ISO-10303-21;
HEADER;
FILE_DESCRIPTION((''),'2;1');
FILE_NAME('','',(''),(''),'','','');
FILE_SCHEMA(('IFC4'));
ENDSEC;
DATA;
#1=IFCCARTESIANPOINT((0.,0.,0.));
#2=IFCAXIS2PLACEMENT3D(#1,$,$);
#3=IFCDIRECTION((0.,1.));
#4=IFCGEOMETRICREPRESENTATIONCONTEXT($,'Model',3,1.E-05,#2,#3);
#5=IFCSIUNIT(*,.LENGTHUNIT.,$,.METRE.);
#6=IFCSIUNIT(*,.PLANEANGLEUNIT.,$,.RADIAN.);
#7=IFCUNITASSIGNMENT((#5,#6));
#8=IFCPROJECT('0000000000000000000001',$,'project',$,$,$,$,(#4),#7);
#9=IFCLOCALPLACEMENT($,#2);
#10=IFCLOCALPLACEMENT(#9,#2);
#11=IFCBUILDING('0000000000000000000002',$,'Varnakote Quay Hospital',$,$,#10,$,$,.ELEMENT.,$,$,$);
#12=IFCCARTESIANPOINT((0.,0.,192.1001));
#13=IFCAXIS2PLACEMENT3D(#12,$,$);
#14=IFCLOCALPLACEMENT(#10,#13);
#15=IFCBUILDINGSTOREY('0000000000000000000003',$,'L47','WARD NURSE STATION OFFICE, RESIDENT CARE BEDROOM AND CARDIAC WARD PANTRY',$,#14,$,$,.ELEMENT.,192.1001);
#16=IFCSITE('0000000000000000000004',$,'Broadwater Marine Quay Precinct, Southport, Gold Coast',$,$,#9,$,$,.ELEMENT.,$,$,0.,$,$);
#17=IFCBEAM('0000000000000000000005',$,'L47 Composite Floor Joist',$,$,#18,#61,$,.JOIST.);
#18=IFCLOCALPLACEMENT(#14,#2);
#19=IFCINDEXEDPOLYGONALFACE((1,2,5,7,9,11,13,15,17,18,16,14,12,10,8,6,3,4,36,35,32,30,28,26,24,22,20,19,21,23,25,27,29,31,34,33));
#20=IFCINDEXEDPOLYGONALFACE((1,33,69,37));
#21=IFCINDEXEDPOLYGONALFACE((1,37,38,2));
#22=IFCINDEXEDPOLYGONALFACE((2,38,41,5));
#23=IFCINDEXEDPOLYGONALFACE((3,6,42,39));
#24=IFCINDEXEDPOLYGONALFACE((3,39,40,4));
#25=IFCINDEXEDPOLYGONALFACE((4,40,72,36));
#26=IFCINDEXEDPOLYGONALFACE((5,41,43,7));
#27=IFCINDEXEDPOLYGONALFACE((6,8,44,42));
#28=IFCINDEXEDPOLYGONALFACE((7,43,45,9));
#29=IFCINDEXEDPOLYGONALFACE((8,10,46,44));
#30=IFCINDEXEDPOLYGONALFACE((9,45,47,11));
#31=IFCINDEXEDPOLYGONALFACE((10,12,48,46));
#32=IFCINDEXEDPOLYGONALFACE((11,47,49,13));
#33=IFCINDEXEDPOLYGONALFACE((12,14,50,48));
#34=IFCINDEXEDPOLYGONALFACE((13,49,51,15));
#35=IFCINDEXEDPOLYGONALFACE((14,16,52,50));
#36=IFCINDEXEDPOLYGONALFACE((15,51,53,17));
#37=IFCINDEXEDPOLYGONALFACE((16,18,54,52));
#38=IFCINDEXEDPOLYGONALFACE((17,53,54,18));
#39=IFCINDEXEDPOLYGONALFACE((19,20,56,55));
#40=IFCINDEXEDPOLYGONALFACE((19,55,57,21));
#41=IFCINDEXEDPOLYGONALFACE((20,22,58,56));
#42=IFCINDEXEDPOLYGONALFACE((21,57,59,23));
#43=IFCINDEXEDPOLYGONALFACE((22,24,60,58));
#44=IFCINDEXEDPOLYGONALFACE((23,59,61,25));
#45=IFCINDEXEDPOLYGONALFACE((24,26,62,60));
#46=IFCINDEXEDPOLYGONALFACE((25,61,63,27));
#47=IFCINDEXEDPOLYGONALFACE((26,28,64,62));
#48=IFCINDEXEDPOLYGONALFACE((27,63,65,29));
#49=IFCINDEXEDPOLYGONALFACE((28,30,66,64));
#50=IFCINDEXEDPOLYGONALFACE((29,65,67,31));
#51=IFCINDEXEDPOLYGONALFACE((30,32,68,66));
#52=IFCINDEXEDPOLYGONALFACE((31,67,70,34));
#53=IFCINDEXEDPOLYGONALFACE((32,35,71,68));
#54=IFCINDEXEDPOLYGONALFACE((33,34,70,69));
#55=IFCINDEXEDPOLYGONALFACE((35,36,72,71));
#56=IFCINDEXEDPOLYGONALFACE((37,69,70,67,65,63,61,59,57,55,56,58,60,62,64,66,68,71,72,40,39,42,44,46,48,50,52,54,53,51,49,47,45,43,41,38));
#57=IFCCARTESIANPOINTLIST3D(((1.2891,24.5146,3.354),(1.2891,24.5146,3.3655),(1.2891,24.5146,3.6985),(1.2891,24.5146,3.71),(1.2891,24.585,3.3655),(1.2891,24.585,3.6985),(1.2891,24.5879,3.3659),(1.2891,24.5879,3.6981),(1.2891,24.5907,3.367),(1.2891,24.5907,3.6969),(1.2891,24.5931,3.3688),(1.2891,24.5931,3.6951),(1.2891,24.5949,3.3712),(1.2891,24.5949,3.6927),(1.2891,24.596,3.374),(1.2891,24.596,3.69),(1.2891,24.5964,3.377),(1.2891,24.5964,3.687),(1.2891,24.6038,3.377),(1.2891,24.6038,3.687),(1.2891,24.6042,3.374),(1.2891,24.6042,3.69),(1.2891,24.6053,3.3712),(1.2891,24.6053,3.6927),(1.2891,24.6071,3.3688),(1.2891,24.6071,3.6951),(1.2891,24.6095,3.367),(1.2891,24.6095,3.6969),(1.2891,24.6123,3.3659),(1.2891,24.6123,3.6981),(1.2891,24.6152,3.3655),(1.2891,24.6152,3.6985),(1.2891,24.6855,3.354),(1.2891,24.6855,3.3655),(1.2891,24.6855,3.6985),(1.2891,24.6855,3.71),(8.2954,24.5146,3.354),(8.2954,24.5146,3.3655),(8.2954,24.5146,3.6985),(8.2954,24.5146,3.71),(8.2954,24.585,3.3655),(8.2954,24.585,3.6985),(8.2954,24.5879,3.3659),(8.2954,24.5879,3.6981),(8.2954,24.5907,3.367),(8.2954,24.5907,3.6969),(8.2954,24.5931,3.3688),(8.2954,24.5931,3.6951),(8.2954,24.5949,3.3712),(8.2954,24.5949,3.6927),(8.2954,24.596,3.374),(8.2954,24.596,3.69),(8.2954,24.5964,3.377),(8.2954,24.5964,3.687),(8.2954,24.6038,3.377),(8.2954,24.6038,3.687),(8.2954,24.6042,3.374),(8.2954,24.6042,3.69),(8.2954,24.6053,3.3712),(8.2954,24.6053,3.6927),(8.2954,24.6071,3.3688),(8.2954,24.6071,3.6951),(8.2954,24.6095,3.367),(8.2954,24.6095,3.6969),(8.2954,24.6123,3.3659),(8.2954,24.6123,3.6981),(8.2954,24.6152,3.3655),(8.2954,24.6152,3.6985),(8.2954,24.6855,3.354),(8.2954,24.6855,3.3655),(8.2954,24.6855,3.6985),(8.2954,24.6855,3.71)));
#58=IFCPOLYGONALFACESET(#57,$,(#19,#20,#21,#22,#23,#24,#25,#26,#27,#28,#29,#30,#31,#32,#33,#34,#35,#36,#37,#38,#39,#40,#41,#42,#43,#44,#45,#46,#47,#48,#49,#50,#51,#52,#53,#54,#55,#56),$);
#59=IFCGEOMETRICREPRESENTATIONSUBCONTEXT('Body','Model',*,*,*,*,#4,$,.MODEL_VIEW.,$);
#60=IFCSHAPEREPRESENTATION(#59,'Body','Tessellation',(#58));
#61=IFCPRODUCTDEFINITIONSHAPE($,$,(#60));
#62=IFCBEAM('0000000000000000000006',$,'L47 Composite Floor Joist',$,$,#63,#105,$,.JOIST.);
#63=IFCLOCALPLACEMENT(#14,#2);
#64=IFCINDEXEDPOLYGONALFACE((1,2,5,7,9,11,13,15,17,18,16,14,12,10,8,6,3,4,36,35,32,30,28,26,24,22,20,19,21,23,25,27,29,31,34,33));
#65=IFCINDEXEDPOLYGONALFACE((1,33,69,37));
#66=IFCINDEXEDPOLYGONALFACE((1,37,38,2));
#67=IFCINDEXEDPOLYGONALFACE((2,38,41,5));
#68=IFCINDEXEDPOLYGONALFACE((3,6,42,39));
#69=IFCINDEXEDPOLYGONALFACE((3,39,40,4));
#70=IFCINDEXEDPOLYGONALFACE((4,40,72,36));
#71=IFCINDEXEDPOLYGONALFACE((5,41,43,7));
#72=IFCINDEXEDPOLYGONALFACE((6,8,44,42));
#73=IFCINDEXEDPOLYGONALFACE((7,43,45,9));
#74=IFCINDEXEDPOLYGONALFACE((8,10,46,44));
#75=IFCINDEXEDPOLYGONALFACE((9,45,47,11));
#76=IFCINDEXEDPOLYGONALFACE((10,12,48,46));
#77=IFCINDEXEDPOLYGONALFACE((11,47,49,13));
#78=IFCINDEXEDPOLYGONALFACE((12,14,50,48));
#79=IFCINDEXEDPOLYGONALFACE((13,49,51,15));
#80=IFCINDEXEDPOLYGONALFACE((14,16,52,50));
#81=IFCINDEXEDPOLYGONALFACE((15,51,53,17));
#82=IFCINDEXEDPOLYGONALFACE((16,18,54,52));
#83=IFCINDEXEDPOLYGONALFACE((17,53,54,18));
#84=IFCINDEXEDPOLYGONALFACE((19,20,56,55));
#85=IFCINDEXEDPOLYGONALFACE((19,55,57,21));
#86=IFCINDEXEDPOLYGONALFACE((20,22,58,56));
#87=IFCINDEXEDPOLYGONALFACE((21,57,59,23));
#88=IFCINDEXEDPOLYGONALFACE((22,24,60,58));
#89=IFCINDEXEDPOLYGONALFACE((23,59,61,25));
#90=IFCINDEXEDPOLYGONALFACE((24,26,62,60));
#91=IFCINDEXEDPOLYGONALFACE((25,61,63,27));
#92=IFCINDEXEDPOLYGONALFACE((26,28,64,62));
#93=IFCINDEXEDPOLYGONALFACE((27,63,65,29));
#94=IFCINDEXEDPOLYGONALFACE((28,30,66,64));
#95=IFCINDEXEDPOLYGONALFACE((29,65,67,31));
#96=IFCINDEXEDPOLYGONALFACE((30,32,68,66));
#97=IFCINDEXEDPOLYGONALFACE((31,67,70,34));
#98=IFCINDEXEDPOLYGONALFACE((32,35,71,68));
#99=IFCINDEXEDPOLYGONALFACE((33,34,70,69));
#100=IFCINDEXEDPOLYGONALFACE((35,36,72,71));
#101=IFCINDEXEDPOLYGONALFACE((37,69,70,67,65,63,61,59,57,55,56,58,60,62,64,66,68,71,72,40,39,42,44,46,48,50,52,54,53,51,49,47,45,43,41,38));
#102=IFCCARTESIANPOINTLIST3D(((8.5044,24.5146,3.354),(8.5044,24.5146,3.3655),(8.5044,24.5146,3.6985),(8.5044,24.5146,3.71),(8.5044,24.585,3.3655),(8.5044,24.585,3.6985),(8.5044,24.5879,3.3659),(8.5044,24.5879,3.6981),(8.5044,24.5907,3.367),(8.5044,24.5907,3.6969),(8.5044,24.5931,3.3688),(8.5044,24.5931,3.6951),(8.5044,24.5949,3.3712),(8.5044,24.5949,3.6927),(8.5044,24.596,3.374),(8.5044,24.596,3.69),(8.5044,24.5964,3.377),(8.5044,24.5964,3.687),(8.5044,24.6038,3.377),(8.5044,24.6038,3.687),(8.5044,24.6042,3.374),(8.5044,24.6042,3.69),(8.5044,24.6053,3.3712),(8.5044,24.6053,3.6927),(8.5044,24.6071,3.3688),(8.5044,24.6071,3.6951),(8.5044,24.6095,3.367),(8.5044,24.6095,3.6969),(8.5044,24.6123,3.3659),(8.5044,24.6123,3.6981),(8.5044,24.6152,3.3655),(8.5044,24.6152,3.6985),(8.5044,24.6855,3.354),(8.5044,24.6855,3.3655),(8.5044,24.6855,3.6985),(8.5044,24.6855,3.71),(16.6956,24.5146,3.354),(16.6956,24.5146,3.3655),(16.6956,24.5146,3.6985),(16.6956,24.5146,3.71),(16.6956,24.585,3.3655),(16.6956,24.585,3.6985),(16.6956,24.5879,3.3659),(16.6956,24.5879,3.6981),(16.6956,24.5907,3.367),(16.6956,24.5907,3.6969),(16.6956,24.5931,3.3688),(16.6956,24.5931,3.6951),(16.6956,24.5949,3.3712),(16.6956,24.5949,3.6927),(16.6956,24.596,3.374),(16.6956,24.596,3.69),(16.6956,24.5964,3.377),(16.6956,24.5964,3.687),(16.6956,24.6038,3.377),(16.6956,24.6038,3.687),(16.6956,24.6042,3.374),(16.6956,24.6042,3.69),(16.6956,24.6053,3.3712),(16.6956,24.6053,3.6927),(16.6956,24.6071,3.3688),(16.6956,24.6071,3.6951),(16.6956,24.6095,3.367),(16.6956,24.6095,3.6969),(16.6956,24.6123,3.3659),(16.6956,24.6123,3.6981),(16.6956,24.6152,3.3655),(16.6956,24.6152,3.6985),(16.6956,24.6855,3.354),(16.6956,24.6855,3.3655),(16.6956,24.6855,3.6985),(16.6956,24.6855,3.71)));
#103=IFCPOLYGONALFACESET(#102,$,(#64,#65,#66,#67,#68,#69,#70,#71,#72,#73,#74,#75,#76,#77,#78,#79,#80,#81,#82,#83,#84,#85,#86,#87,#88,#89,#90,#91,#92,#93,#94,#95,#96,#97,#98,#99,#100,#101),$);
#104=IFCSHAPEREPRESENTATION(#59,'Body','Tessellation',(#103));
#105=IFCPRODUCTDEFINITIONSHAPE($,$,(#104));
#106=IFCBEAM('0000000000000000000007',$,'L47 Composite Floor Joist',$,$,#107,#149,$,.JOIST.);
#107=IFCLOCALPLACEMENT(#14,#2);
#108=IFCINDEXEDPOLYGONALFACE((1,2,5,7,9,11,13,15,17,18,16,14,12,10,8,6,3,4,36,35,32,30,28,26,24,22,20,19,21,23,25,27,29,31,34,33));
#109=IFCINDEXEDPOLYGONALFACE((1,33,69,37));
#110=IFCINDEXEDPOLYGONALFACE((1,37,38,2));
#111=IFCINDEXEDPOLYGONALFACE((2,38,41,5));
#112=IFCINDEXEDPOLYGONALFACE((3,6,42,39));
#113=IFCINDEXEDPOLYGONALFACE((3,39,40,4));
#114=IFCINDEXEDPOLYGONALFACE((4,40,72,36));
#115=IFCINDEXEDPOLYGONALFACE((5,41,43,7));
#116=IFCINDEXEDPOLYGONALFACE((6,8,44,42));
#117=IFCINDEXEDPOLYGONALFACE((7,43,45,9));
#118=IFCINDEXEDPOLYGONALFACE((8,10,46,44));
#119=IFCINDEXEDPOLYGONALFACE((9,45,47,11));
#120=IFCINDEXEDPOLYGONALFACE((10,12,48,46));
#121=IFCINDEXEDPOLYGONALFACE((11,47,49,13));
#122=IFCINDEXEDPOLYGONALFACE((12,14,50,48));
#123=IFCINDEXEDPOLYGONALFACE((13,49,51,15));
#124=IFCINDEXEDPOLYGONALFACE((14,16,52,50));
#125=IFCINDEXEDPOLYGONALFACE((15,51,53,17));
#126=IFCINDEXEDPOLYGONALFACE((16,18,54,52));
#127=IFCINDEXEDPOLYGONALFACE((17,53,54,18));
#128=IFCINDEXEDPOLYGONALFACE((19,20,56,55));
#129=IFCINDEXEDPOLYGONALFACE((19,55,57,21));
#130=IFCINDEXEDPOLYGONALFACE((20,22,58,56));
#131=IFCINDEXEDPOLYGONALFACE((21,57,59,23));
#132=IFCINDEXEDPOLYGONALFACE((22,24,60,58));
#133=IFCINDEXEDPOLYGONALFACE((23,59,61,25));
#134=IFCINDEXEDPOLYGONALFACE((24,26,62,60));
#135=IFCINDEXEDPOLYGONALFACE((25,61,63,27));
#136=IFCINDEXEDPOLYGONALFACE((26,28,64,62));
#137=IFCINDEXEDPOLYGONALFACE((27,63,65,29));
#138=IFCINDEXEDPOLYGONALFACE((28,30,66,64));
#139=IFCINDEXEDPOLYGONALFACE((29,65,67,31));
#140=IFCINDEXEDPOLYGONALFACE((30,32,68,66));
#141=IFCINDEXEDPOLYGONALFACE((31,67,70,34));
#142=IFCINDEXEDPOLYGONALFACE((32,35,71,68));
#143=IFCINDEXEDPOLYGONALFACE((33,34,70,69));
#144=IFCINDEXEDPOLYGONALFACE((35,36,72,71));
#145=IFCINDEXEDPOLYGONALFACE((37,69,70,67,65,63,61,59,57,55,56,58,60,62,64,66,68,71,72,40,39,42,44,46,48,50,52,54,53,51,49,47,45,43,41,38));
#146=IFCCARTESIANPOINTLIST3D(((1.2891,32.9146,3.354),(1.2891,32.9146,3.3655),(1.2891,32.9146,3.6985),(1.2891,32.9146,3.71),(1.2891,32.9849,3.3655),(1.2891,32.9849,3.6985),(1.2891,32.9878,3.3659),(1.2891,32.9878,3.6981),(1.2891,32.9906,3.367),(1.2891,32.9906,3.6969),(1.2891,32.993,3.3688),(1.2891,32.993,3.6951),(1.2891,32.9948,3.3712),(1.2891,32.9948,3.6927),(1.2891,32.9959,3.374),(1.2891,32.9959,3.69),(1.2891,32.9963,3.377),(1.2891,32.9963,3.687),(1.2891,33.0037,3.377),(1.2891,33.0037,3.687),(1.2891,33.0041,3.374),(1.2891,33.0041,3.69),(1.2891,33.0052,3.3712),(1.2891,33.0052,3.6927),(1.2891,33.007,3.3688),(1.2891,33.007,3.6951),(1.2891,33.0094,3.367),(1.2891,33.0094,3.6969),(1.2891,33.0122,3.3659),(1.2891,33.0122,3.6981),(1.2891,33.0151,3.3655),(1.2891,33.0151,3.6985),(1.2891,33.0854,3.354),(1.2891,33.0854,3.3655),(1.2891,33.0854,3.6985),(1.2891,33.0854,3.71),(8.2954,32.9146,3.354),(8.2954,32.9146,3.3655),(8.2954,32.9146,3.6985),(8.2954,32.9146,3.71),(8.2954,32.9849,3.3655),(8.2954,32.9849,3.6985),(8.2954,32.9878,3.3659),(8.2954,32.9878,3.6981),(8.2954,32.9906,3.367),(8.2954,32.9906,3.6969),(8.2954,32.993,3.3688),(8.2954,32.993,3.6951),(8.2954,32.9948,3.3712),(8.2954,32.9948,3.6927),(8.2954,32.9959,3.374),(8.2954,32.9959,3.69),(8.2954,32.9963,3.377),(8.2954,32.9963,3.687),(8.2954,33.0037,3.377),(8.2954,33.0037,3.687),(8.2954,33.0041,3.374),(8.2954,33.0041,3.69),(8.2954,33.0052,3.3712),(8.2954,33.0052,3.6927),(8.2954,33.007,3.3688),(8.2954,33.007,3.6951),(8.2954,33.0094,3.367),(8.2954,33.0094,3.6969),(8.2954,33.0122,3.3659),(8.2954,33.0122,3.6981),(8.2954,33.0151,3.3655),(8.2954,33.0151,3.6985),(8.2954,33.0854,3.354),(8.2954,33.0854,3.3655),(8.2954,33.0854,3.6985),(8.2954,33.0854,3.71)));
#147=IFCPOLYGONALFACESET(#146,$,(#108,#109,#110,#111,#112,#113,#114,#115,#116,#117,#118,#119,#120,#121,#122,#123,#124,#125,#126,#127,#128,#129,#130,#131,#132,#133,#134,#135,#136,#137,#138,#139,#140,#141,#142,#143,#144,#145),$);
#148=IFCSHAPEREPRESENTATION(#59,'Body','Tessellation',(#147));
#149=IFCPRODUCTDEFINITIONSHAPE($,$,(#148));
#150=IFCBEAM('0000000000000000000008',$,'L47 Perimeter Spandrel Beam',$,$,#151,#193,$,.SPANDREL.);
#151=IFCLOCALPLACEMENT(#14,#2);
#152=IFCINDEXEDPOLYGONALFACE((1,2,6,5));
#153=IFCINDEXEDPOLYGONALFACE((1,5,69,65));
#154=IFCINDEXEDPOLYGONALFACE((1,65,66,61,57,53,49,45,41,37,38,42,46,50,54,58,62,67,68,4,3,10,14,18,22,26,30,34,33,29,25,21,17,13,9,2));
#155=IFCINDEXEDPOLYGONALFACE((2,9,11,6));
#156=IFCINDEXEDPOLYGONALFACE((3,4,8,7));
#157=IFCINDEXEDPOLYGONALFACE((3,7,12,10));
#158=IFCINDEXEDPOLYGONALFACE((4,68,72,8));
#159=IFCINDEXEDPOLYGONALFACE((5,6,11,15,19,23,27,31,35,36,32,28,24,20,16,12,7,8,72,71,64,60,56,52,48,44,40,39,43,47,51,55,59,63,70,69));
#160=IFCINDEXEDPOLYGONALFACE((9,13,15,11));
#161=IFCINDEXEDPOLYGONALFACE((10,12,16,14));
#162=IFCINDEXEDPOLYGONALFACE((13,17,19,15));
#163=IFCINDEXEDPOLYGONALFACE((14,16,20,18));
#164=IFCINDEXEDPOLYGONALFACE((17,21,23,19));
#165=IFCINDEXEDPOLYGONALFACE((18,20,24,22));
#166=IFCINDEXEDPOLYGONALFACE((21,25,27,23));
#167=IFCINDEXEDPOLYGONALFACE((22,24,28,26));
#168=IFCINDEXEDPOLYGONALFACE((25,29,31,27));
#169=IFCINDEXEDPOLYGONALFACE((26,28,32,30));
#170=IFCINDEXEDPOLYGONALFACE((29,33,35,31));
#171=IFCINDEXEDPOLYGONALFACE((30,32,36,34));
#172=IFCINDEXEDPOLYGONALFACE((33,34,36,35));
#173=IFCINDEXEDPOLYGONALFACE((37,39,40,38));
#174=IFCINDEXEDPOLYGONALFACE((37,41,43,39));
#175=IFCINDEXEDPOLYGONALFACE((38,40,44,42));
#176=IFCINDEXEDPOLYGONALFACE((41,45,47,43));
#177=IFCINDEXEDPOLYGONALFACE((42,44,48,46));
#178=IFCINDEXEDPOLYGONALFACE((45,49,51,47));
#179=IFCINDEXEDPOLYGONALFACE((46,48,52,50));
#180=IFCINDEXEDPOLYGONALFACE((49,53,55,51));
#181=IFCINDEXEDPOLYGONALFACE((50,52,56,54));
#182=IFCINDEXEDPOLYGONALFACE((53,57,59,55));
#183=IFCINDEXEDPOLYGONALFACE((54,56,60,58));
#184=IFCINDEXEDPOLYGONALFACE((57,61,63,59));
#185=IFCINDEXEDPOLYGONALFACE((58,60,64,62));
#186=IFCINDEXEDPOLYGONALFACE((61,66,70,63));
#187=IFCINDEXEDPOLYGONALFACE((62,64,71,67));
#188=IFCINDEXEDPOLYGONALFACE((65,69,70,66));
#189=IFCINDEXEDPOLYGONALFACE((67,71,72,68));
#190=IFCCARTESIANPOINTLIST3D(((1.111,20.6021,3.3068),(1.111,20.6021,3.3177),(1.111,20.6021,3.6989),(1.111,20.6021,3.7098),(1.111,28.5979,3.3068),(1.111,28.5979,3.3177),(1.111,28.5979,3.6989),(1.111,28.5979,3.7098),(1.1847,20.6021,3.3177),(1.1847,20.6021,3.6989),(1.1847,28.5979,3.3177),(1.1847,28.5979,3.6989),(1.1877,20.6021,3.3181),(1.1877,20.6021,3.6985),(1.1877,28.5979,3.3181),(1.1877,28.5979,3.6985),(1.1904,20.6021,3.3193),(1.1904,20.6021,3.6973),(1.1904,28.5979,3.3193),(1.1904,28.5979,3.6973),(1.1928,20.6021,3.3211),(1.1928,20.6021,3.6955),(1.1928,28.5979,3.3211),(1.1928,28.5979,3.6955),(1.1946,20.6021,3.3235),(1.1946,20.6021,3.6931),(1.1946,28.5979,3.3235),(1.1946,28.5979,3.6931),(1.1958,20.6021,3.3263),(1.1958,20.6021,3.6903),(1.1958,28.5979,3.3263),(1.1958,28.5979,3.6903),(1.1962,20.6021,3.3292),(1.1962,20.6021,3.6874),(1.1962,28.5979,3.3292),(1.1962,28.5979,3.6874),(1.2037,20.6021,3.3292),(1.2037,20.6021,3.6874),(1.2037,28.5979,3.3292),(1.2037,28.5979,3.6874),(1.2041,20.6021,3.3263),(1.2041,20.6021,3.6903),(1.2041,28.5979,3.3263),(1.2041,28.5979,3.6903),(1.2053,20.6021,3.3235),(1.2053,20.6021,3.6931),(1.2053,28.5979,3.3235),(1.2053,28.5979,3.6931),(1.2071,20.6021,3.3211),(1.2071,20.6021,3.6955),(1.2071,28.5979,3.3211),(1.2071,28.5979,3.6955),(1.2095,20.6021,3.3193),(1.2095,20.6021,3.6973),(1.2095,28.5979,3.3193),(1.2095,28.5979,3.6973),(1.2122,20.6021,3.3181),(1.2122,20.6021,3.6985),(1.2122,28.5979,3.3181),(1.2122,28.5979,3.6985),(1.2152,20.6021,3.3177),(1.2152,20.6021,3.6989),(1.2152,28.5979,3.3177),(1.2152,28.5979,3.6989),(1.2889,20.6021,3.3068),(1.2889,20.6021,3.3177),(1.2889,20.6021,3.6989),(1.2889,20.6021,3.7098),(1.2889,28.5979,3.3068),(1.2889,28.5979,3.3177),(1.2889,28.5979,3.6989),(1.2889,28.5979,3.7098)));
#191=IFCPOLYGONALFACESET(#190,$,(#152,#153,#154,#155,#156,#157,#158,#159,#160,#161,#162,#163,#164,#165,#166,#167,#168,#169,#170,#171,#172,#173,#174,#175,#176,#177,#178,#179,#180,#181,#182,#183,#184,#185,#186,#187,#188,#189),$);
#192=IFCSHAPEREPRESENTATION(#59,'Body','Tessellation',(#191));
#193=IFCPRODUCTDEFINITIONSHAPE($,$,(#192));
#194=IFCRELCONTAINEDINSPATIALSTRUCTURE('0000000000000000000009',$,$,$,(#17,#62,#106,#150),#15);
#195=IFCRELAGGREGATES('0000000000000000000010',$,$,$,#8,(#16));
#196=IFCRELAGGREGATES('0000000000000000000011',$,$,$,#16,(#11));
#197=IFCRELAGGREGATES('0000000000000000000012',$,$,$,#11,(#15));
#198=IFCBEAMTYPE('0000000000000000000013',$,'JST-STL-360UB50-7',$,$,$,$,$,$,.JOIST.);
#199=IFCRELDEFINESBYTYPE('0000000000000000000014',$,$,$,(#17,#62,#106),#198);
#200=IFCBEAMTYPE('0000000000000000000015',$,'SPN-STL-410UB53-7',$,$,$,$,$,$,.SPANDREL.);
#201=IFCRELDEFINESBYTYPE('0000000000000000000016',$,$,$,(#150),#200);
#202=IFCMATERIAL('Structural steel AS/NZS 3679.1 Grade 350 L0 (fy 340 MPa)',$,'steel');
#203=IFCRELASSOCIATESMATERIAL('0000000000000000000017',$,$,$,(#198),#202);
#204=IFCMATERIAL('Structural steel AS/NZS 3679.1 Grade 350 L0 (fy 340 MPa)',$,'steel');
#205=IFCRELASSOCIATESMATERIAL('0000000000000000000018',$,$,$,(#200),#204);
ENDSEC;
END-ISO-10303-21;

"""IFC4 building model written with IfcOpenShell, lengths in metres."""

from ifc_helpers import new_model, si_unit, direction, frame, origin, origin_2d, place, context, subcontext, project, spatial, i_section, extrude, material, material_profile, profile_set, type_object, element, save


model = new_model("IFC4")

# Units and contexts
model_context = context("Model", 3, precision=1e-05, world=origin(), true_north=direction((0.0, 1.0)))
body_context = subcontext(model_context, "Body", "Model", "MODEL_VIEW")
ifc_project = project(units=[si_unit("LENGTHUNIT", "METRE"), si_unit("PLANEANGLEUNIT", "RADIAN")], contexts=[model_context])

# Site, building, storey
site_placement = place(None, origin())
site = spatial("IfcSite", under=ifc_project, at=site_placement, Name="Broadwater Marine Quay Precinct, Southport, Gold Coast", CompositionType="ELEMENT", RefElevation=0.0)
building_placement = place(site_placement, origin())
building = spatial("IfcBuilding", under=site, at=building_placement, Name="Varnakote Quay Hospital", CompositionType="ELEMENT")
storey_placement = place(building_placement, frame((0.0, 0.0, 192.1001)))
storey = spatial("IfcBuildingStorey", under=building, at=storey_placement, Name="L47", Description="WARD NURSE STATION OFFICE, RESIDENT CARE BEDROOM AND CARDIAC WARD PANTRY", CompositionType="ELEMENT", Elevation=192.1001)

# Beams
ifc_material_1 = material(Name="Structural steel AS/NZS 3679.1 Grade 350 L0 (fy 340 MPa)", Category="steel")
ifc_material_profile_1 = material_profile(ifc_material_1, i_section(OverallWidth=0.1709, OverallDepth=0.356, WebThickness=0.0073, FlangeThickness=0.0115, FilletRadius=0.0115, at=origin_2d()), Name="360UB50.7")
ifc_profile_set_1 = profile_set([ifc_material_profile_1], Name="Structural steel AS/NZS 3679.1 Grade 350 L0 (fy 340 MPa)")
beam_type_1 = type_object("IfcBeamType", Name="JST-STL-360UB50-7", PredefinedType="JOIST", material=ifc_profile_set_1)
beam_1_placement = place(storey_placement, frame((1.2891, 24.6001, 3.532), z_axis=(1.0, 0.0, 0.0), x_axis=(0.0, 1.0, 0.0)))
element("IfcBeam", 1, at=beam_1_placement, inside=storey, type_object=beam_type_1, Name="L47 Composite Floor Joist", PredefinedType="JOIST", context=body_context, shape_type="SweptSolid", body=[
    extrude(i_section(OverallWidth=0.1709, OverallDepth=0.356, WebThickness=0.0073, FlangeThickness=0.0115, FilletRadius=0.0115, at=origin_2d()), origin(), (0.0, 0.0, 1.0), 7.0063),
])
beam_2_placement = place(storey_placement, frame((8.5044, 24.6001, 3.532), z_axis=(1.0, 0.0, 0.0), x_axis=(0.0, 1.0, 0.0)))
element("IfcBeam", 2, at=beam_2_placement, inside=storey, type_object=beam_type_1, Name="L47 Composite Floor Joist", PredefinedType="JOIST", context=body_context, shape_type="SweptSolid", body=[
    extrude(i_section(OverallWidth=0.1709, OverallDepth=0.356, WebThickness=0.0073, FlangeThickness=0.0115, FilletRadius=0.0115, at=origin_2d()), origin(), (0.0, 0.0, 1.0), 8.1912),
])
beam_3_placement = place(storey_placement, frame((1.2891, 33.0, 3.532), z_axis=(1.0, 0.0, 0.0), x_axis=(0.0, 1.0, 0.0)))
element("IfcBeam", 3, at=beam_3_placement, inside=storey, type_object=beam_type_1, Name="L47 Composite Floor Joist", PredefinedType="JOIST", context=body_context, shape_type="SweptSolid", body=[
    extrude(i_section(OverallWidth=0.1709, OverallDepth=0.356, WebThickness=0.0073, FlangeThickness=0.0115, FilletRadius=0.0115, at=origin_2d()), origin(), (0.0, 0.0, 1.0), 7.0063),
])
ifc_material_2 = material(Name="Structural steel AS/NZS 3679.1 Grade 350 L0 (fy 340 MPa)", Category="steel")
ifc_material_profile_2 = material_profile(ifc_material_2, i_section(OverallWidth=0.178, OverallDepth=0.4031, WebThickness=0.0076, FlangeThickness=0.011, FilletRadius=0.0115, at=origin_2d()), Name="410UB53.7")
ifc_profile_set_2 = profile_set([ifc_material_profile_2], Name="Structural steel AS/NZS 3679.1 Grade 350 L0 (fy 340 MPa)")
beam_type_2 = type_object("IfcBeamType", Name="SPN-STL-410UB53-7", PredefinedType="SPANDREL", material=ifc_profile_set_2)
beam_4_placement = place(storey_placement, frame((1.2, 20.6021, 3.5083), z_axis=(0.0, 1.0, 0.0), x_axis=(-1.0, 0.0, 0.0)))
element("IfcBeam", 4, at=beam_4_placement, inside=storey, type_object=beam_type_2, Name="L47 Perimeter Spandrel Beam", PredefinedType="SPANDREL", context=body_context, shape_type="SweptSolid", body=[
    extrude(i_section(OverallWidth=0.178, OverallDepth=0.4031, WebThickness=0.0076, FlangeThickness=0.011, FilletRadius=0.0115, at=origin_2d()), origin(), (0.0, 0.0, 1.0), 7.9958),
])

save(model, "model.ifc")
